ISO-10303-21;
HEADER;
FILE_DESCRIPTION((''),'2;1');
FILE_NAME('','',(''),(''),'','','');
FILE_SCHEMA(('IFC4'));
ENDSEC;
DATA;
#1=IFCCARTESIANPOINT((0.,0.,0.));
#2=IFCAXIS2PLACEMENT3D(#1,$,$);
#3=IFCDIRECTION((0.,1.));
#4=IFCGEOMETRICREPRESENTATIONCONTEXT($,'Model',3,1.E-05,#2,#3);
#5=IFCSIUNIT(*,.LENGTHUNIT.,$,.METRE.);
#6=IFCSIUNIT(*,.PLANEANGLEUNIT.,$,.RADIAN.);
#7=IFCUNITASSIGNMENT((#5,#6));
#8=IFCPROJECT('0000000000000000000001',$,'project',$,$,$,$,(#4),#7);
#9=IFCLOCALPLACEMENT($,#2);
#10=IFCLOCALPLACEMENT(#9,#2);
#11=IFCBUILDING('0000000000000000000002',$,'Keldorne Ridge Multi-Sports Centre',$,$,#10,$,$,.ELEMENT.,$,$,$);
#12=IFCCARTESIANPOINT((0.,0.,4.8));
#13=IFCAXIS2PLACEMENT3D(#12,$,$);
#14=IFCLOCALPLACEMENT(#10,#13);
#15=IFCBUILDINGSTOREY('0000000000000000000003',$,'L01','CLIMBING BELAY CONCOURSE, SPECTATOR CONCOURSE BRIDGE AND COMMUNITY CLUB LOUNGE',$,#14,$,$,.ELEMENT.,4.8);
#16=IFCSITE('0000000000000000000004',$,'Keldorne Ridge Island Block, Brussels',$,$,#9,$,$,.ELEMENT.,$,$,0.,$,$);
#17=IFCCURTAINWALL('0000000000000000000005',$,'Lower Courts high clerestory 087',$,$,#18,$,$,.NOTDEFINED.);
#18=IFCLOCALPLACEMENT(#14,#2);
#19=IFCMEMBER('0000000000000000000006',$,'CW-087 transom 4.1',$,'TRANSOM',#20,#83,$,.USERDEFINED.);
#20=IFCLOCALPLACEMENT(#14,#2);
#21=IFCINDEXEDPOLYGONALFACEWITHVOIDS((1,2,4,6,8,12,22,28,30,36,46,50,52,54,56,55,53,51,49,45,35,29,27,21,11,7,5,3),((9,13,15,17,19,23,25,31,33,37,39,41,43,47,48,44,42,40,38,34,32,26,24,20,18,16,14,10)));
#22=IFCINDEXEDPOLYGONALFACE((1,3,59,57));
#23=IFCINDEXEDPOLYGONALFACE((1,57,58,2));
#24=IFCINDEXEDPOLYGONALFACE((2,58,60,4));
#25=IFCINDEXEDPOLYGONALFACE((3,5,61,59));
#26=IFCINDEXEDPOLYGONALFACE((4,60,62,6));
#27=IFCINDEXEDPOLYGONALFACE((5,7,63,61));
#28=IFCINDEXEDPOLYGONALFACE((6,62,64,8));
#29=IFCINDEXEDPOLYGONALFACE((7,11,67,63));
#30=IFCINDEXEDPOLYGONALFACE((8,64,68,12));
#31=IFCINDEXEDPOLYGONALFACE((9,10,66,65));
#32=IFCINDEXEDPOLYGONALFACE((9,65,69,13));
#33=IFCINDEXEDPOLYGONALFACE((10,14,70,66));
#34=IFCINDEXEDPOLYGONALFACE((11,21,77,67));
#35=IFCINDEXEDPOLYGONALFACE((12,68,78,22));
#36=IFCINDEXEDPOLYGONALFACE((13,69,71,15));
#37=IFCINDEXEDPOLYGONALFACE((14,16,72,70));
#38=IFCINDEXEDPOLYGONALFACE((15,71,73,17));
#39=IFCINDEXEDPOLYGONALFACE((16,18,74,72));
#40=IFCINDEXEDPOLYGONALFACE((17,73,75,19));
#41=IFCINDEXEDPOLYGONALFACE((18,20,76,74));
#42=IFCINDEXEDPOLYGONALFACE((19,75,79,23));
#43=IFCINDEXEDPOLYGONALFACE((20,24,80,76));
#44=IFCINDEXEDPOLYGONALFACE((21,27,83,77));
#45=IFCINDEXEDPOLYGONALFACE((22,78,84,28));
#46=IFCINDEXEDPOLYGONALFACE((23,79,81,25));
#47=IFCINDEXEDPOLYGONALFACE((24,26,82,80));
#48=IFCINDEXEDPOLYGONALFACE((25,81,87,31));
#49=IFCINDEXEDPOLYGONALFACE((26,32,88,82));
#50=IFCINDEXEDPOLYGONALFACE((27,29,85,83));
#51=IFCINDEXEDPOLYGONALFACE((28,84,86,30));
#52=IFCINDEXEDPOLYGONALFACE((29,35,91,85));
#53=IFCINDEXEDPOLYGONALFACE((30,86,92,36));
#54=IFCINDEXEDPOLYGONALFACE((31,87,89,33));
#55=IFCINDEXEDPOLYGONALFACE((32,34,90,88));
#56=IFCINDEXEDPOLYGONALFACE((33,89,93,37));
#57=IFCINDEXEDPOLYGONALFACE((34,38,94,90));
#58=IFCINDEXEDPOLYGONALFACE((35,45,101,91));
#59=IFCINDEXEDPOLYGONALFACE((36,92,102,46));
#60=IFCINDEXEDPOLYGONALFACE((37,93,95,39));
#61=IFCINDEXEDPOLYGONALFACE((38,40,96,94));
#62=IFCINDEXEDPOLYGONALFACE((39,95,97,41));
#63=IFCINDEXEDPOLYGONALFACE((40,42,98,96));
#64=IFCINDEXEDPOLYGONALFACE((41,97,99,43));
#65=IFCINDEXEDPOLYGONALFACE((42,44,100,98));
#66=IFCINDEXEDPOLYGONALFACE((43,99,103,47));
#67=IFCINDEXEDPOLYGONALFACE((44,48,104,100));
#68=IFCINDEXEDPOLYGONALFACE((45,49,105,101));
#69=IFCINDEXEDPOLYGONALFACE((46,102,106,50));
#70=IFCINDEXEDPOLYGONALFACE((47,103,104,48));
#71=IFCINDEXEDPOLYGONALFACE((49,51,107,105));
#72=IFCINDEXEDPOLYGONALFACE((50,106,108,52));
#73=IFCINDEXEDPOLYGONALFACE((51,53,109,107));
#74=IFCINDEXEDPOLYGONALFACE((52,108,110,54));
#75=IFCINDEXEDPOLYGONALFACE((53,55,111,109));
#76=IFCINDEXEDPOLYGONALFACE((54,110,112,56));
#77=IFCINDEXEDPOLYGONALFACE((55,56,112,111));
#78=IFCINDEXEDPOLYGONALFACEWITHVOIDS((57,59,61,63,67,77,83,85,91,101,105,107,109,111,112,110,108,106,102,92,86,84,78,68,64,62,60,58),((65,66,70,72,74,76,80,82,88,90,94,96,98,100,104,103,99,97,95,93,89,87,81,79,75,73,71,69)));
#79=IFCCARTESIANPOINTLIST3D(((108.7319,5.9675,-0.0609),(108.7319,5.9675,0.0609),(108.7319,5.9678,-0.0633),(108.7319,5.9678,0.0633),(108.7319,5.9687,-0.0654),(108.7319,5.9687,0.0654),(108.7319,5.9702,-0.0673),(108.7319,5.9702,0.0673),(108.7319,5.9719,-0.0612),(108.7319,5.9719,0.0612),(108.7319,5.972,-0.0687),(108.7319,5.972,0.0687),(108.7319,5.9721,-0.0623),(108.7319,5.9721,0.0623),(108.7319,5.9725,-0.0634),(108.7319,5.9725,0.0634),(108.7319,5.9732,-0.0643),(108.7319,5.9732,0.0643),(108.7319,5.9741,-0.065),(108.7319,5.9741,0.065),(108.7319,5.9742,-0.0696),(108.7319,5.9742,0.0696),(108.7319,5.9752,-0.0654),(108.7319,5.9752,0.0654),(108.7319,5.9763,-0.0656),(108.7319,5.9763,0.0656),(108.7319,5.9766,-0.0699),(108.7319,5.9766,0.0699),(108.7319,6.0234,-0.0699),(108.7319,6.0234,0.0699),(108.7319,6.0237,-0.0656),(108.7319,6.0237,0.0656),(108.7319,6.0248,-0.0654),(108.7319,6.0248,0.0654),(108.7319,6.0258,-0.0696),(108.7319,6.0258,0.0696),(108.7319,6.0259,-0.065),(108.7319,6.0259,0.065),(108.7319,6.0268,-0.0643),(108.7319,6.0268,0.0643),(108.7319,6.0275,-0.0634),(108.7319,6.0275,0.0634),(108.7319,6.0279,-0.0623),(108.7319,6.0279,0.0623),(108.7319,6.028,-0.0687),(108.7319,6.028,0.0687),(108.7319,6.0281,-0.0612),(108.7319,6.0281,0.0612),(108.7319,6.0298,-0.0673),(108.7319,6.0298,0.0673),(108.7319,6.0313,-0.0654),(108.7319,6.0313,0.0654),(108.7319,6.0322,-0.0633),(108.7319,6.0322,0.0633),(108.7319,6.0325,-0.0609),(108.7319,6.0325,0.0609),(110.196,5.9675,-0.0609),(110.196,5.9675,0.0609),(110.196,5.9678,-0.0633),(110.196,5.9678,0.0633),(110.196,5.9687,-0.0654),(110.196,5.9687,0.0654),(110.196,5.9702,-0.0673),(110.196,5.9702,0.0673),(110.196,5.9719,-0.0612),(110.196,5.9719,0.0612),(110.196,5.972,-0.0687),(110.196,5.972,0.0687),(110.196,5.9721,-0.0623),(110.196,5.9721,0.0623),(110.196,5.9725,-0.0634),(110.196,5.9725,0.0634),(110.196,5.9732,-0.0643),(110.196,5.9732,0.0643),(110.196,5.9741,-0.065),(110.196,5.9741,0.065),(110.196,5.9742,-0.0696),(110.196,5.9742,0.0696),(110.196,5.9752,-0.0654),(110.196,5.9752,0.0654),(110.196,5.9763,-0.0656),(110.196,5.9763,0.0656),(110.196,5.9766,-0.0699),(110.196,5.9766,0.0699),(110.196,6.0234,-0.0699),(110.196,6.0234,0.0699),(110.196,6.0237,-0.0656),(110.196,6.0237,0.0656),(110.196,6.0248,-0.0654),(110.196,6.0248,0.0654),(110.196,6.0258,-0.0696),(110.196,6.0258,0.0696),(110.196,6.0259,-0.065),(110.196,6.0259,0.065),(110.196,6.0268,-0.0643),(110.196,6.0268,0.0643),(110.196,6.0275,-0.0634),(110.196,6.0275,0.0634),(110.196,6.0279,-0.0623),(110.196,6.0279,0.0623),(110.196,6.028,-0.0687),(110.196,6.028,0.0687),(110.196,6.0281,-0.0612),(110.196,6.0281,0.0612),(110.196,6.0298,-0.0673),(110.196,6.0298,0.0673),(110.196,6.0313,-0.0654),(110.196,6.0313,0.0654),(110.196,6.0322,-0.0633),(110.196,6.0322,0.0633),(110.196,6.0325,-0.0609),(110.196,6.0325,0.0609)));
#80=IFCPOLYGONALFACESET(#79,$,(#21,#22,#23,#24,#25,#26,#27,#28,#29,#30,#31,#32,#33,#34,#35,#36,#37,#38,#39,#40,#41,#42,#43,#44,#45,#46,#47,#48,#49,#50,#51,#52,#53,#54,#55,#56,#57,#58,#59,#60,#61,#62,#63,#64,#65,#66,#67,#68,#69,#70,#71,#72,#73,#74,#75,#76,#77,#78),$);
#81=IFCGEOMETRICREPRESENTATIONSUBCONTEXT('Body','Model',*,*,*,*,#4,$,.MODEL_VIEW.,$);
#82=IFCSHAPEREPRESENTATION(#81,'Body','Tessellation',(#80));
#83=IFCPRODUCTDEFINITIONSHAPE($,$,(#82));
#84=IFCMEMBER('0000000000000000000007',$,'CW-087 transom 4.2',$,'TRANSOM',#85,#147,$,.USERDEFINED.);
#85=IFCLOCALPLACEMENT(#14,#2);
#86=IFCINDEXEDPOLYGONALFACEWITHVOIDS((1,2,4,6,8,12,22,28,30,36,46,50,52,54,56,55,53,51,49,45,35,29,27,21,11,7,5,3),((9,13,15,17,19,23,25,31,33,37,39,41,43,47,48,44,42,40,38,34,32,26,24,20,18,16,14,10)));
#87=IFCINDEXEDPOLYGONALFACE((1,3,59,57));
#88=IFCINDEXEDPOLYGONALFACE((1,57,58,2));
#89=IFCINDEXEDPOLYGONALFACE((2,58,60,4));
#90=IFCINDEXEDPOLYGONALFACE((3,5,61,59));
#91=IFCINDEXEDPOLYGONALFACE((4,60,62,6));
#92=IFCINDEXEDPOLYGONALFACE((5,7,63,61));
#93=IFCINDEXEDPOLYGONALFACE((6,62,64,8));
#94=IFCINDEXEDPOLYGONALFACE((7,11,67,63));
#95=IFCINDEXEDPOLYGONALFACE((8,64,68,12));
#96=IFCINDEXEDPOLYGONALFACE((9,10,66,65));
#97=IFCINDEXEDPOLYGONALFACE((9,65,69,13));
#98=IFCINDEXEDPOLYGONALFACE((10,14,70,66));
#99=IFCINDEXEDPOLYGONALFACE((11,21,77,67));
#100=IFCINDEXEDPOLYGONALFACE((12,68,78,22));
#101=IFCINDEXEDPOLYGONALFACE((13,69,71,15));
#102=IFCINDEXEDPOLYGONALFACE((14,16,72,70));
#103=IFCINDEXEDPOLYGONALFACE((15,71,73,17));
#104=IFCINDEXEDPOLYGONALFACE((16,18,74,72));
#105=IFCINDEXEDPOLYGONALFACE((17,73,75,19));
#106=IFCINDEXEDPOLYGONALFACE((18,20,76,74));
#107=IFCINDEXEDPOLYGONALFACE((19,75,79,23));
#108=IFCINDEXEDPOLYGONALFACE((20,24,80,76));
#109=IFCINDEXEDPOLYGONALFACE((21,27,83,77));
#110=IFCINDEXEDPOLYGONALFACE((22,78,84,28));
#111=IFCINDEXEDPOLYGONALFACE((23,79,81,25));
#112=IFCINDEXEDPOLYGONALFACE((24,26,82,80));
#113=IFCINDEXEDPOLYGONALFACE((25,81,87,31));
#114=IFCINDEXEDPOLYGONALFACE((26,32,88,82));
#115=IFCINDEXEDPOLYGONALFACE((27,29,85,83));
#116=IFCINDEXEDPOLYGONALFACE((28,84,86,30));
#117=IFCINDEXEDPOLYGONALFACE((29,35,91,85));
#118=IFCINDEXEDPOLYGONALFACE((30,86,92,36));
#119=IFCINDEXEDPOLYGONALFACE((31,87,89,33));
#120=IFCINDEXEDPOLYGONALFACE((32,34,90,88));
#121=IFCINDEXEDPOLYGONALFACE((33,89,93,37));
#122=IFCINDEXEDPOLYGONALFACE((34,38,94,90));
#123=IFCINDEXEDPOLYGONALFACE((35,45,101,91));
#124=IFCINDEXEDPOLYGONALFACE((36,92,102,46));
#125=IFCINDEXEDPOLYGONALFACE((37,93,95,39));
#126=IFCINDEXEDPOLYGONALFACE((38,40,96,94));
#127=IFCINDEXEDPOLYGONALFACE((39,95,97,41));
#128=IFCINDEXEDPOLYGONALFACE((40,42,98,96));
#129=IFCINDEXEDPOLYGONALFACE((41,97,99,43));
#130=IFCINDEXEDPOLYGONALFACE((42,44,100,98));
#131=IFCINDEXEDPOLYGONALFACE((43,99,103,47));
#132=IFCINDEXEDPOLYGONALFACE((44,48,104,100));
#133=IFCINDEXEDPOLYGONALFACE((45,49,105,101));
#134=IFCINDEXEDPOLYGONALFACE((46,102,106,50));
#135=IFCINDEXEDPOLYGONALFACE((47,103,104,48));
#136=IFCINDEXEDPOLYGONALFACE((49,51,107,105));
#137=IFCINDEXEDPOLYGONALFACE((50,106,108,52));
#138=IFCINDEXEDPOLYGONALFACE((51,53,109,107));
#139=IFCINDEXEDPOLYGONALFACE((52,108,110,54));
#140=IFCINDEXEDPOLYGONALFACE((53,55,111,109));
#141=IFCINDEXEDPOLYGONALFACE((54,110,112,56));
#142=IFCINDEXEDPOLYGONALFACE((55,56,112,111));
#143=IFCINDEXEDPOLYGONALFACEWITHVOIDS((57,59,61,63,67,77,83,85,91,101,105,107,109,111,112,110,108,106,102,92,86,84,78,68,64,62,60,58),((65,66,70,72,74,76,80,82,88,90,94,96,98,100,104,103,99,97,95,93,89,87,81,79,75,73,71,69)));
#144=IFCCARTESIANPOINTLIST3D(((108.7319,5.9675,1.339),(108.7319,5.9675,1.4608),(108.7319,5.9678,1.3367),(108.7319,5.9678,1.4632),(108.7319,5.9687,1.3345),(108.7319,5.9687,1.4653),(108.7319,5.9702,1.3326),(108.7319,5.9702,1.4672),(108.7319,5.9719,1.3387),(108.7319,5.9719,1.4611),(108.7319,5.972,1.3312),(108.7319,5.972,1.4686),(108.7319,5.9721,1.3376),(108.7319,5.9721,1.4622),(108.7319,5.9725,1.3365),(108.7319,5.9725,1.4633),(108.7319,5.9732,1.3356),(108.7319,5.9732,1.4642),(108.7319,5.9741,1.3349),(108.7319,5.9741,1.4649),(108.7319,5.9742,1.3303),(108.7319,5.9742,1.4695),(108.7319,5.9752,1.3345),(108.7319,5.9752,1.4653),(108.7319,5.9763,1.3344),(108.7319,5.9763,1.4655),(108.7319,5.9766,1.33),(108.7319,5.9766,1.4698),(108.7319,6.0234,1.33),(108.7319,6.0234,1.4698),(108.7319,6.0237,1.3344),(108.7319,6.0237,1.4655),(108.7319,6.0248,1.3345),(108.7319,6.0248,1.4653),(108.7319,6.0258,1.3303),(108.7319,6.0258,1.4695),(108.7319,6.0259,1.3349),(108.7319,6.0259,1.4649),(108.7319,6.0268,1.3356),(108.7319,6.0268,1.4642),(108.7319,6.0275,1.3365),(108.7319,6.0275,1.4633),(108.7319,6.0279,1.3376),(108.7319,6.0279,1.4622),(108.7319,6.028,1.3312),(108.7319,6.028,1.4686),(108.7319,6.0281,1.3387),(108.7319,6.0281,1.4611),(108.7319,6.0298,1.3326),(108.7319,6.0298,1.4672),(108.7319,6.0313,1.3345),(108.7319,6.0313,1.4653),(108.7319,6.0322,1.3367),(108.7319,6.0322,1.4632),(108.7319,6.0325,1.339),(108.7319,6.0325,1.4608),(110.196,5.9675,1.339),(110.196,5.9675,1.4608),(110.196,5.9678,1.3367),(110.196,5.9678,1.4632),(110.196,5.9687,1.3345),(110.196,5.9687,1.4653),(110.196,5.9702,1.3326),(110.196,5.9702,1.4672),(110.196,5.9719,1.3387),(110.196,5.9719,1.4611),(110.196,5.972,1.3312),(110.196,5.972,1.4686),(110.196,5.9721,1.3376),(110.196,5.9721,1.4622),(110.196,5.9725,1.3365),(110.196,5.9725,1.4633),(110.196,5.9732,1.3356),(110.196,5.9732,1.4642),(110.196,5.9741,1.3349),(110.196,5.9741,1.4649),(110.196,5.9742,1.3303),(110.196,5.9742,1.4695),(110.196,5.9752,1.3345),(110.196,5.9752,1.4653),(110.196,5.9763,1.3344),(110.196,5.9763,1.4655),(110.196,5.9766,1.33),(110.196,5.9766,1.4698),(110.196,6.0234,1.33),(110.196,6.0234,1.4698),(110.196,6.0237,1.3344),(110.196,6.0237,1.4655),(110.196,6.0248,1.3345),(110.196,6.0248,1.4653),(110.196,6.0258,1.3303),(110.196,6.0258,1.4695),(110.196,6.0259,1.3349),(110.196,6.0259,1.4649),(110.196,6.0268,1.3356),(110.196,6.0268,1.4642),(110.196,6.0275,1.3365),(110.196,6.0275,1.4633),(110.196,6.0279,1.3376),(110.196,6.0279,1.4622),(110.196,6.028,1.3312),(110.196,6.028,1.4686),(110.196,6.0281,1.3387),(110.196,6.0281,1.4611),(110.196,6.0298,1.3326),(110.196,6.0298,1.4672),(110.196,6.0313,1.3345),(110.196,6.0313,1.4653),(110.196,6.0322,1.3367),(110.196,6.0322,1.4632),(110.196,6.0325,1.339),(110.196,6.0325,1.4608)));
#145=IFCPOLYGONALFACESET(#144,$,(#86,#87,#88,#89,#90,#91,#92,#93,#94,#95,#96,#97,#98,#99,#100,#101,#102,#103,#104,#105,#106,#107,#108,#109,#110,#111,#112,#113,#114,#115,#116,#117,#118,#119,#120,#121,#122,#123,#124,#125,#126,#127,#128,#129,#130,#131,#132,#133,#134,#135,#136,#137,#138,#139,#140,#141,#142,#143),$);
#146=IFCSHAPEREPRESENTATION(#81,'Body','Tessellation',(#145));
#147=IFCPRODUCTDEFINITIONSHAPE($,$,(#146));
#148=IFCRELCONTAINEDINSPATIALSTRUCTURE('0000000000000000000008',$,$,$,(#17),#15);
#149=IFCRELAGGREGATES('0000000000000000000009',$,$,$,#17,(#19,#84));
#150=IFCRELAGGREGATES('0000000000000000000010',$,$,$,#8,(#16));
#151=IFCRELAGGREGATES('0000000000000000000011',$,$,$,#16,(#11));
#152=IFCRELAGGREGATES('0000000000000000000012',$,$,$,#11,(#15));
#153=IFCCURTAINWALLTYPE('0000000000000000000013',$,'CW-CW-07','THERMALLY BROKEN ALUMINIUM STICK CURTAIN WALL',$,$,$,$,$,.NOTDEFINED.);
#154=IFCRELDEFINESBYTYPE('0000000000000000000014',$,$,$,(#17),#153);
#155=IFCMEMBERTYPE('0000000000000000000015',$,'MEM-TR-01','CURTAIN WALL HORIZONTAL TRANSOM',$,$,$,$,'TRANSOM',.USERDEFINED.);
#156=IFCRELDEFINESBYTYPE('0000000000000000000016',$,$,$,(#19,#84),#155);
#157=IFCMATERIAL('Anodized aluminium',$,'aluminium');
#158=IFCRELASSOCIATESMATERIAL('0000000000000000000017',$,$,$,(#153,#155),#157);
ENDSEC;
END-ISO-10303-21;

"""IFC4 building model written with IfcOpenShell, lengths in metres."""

from ifc_helpers import new_model, si_unit, direction, frame, origin, origin_2d, place, context, subcontext, project, spatial, hollow_rectangle, extrude, material, material_profile, profile_set, type_object, element, aggregate, save


model = new_model("IFC4")

# Units and contexts
model_context = context("Model", 3, precision=1e-05, world=origin(), true_north=direction((0.0, 1.0)))
body_context = subcontext(model_context, "Body", "Model", "MODEL_VIEW")
ifc_project = project(units=[si_unit("LENGTHUNIT", "METRE"), si_unit("PLANEANGLEUNIT", "RADIAN")], contexts=[model_context])

# Site, building, storey
site_placement = place(None, origin())
site = spatial("IfcSite", under=ifc_project, at=site_placement, Name="Keldorne Ridge Island Block, Brussels", CompositionType="ELEMENT", RefElevation=0.0)
building_placement = place(site_placement, origin())
building = spatial("IfcBuilding", under=site, at=building_placement, Name="Keldorne Ridge Multi-Sports Centre", CompositionType="ELEMENT")
storey_placement = place(building_placement, frame((0.0, 0.0, 4.8)))
storey = spatial("IfcBuildingStorey", under=building, at=storey_placement, Name="L01", Description="CLIMBING BELAY CONCOURSE, SPECTATOR CONCOURSE BRIDGE AND COMMUNITY CLUB LOUNGE", CompositionType="ELEMENT", Elevation=4.8)

# Curtain wall, members
ifc_material_1 = material(Name="Anodized aluminium", Category="aluminium")
curtain_wall_type = type_object("IfcCurtainWallType", Name="CW-CW-07", Description="THERMALLY BROKEN ALUMINIUM STICK CURTAIN WALL", PredefinedType="NOTDEFINED", material=ifc_material_1)
curtain_wall_placement = place(storey_placement, origin())
curtain_wall = element("IfcCurtainWall", 1, at=curtain_wall_placement, inside=storey, type_object=curtain_wall_type, Name="Lower Courts high clerestory 087", PredefinedType="NOTDEFINED")
ifc_material_profile_1 = material_profile(ifc_material_1, hollow_rectangle(XDim=0.0649, YDim=0.1399, WallThickness=0.0044, InnerFilletRadius=0.0044, OuterFilletRadius=0.009, at=origin_2d()), Name="ALU TRANSOM 140x65x4.5")
ifc_profile_set_1 = profile_set([ifc_material_profile_1], Name="Anodized aluminium")
member_type_1 = type_object("IfcMemberType", Name="MEM-TR-01", Description="CURTAIN WALL HORIZONTAL TRANSOM", ElementType="TRANSOM", PredefinedType="USERDEFINED", material=ifc_profile_set_1)
member_1_placement = place(storey_placement, frame((108.7319, 6.0, 0.0), z_axis=(1.0, 0.0, 0.0), x_axis=(0.0, 1.0, 0.0)))
member_1 = element("IfcMember", 2, at=member_1_placement, type_object=member_type_1, Name="CW-087 transom 4.1", ObjectType="TRANSOM", PredefinedType="USERDEFINED", context=body_context, shape_type="SweptSolid", body=[
    extrude(hollow_rectangle(XDim=0.0649, YDim=0.1399, WallThickness=0.0044, InnerFilletRadius=0.0044, OuterFilletRadius=0.009, at=origin_2d()), origin(), (0.0, 0.0, 1.0), 1.4641),
])
member_2_placement = place(storey_placement, frame((108.7319, 6.0, 1.3999), z_axis=(1.0, 0.0, 0.0), x_axis=(0.0, 1.0, 0.0)))
member_2 = element("IfcMember", 3, at=member_2_placement, type_object=member_type_1, Name="CW-087 transom 4.2", ObjectType="TRANSOM", PredefinedType="USERDEFINED", context=body_context, shape_type="SweptSolid", body=[
    extrude(hollow_rectangle(XDim=0.0649, YDim=0.1399, WallThickness=0.0044, InnerFilletRadius=0.0044, OuterFilletRadius=0.009, at=origin_2d()), origin(), (0.0, 0.0, 1.0), 1.4641),
])
aggregate(curtain_wall, [member_1, member_2])

save(model, "model.ifc")
